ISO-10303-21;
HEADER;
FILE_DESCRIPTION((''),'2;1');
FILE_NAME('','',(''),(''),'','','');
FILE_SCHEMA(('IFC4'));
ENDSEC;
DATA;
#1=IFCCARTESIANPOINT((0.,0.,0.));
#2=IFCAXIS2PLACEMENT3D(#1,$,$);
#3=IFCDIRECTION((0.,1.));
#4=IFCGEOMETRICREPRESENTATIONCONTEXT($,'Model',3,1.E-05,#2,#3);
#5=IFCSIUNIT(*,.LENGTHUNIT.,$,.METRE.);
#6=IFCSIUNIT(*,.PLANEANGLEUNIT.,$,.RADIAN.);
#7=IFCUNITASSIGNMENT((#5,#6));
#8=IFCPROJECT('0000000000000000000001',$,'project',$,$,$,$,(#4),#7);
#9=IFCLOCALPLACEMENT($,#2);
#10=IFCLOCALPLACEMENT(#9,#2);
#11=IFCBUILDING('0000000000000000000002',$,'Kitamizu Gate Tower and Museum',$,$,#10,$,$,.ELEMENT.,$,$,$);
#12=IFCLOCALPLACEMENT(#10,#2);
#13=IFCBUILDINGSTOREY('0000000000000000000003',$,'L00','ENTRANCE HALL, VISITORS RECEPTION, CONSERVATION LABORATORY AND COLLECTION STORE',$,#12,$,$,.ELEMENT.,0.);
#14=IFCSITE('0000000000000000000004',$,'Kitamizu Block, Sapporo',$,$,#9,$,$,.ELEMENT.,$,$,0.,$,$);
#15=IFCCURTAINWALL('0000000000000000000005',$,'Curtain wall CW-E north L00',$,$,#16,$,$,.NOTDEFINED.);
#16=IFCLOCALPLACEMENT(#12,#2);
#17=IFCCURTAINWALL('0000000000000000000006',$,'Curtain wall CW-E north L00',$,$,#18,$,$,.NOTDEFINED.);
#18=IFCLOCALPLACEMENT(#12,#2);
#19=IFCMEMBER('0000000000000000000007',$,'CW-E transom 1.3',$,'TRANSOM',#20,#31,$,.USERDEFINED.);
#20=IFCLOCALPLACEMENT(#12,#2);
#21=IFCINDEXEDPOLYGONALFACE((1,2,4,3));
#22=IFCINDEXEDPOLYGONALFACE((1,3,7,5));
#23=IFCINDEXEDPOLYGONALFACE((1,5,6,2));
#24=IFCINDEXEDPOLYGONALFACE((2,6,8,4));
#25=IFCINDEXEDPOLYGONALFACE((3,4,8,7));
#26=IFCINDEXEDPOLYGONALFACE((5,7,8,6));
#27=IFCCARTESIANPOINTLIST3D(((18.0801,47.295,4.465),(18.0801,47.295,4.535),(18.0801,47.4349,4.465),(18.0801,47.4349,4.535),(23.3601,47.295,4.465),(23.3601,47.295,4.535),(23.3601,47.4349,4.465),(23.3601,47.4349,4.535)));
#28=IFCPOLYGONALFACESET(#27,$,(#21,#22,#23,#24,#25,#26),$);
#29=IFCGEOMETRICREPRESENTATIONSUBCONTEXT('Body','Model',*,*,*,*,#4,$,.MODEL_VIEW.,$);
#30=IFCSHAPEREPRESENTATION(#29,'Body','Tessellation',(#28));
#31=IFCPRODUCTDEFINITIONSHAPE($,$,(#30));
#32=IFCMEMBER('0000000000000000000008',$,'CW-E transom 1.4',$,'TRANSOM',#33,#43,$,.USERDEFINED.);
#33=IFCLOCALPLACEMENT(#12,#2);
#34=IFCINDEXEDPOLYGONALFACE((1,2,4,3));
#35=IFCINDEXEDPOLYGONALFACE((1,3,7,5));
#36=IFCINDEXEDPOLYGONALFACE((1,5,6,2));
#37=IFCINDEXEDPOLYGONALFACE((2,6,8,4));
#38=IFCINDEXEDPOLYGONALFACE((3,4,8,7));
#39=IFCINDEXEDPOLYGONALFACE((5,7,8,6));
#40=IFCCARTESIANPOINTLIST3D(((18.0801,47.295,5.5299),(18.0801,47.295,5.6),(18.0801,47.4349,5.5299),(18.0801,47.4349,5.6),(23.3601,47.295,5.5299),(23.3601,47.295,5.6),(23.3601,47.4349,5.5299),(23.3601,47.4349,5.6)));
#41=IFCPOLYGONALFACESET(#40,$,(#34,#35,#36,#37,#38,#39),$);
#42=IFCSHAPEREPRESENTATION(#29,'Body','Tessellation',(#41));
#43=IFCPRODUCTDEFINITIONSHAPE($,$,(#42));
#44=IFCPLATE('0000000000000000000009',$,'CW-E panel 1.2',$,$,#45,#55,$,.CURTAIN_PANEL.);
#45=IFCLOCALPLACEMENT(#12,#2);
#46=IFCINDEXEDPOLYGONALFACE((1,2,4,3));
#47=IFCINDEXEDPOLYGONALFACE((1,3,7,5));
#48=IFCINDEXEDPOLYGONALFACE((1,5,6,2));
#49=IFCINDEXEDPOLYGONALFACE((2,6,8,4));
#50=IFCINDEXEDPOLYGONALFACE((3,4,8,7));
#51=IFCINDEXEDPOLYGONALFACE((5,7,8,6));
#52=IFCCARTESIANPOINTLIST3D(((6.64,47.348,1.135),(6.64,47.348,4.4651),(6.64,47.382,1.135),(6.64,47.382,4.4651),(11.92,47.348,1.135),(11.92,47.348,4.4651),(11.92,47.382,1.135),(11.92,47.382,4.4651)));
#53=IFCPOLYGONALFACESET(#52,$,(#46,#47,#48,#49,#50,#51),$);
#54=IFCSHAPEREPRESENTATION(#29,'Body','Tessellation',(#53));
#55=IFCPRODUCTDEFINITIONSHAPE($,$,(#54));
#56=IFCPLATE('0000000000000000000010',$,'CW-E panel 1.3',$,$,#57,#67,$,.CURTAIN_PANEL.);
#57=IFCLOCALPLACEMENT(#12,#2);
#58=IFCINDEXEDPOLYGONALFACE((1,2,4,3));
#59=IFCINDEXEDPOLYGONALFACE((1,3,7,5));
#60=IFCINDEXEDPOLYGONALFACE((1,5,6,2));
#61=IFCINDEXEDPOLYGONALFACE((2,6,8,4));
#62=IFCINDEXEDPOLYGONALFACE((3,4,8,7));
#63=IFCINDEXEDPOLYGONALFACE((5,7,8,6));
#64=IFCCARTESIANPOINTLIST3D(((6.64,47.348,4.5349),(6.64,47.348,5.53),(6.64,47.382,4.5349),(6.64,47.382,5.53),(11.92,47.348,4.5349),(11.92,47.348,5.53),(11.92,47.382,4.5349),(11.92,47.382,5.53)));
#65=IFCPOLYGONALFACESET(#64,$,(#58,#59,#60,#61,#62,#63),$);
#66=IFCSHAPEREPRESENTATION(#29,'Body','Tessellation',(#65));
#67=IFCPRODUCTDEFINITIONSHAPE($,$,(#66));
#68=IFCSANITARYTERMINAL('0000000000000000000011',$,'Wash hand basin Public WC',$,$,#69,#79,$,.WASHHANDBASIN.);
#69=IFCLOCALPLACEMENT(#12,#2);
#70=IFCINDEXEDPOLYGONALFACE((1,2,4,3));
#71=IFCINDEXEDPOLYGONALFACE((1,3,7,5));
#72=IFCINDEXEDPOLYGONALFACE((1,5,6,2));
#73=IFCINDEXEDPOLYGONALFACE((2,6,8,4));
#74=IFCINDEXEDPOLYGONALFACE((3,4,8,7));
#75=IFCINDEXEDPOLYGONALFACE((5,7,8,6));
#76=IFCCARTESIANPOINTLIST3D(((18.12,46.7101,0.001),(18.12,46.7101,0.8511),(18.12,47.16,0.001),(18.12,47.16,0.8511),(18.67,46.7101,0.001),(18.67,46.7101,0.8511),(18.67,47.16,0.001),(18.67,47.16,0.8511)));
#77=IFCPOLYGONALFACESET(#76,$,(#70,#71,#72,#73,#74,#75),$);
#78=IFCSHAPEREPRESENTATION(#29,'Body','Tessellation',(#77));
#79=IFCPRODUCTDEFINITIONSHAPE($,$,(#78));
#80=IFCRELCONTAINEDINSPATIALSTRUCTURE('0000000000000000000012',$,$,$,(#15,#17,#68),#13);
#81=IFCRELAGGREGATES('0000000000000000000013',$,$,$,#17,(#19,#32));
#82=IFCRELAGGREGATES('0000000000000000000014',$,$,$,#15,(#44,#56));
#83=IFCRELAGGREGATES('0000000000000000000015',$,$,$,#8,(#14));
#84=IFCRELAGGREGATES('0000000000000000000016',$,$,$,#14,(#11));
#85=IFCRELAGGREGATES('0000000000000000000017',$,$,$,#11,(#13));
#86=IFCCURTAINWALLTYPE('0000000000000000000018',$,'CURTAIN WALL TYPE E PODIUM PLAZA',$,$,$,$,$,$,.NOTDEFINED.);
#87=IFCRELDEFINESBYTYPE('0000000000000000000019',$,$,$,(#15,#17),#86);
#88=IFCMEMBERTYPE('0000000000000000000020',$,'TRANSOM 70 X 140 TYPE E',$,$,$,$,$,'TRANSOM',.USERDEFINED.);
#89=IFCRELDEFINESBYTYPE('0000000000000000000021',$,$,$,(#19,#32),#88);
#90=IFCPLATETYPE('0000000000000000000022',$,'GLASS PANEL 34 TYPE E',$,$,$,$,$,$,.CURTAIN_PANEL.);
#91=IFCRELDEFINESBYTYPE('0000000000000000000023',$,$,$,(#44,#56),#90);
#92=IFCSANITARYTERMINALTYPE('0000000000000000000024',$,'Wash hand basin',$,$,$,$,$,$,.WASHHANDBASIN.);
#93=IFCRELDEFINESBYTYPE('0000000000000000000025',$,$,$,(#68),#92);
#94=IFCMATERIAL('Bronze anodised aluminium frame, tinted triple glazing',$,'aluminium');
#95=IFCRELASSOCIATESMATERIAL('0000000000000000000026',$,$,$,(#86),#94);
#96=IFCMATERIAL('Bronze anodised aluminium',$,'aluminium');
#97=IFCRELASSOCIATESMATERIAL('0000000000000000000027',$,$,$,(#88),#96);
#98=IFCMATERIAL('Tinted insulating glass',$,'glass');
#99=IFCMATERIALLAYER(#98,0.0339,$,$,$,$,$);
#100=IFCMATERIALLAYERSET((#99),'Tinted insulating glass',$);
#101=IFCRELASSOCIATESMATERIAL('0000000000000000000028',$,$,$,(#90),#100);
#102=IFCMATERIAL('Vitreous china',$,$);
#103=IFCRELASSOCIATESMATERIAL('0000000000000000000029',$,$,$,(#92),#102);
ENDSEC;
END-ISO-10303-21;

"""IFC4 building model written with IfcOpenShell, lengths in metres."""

from ifc_helpers import new_model, si_unit, direction, frame, origin, origin_2d, place, context, subcontext, project, spatial, rectangle, extrude, material, layer, layer_set, material_profile, profile_set, type_object, element, aggregate, save


model = new_model("IFC4")

# Units and contexts
model_context = context("Model", 3, precision=1e-05, world=origin(), true_north=direction((0.0, 1.0)))
body_context = subcontext(model_context, "Body", "Model", "MODEL_VIEW")
ifc_project = project(units=[si_unit("LENGTHUNIT", "METRE"), si_unit("PLANEANGLEUNIT", "RADIAN")], contexts=[model_context])

# Site, building, storey
site_placement = place(None, origin())
site = spatial("IfcSite", under=ifc_project, at=site_placement, Name="Kitamizu Block, Sapporo", CompositionType="ELEMENT", RefElevation=0.0)
building_placement = place(site_placement, origin())
building = spatial("IfcBuilding", under=site, at=building_placement, Name="Kitamizu Gate Tower and Museum", CompositionType="ELEMENT")
storey_placement = place(building_placement, origin())
storey = spatial("IfcBuildingStorey", under=building, at=storey_placement, Name="L00", Description="ENTRANCE HALL, VISITORS RECEPTION, CONSERVATION LABORATORY AND COLLECTION STORE", CompositionType="ELEMENT", Elevation=0.0)

# Curtain wall
ifc_material_1 = material(Name="Bronze anodised aluminium frame, tinted triple glazing", Category="aluminium")
curtain_wall_type = type_object("IfcCurtainWallType", Name="CURTAIN WALL TYPE E PODIUM PLAZA", PredefinedType="NOTDEFINED", material=ifc_material_1)
curtain_wall_1_placement = place(storey_placement, origin())
curtain_wall_1 = element("IfcCurtainWall", 1, at=curtain_wall_1_placement, inside=storey, type_object=curtain_wall_type, Name="Curtain wall CW-E north L00", PredefinedType="NOTDEFINED")

# Curtain wall, members
curtain_wall_2_placement = place(storey_placement, origin())
curtain_wall_2 = element("IfcCurtainWall", 2, at=curtain_wall_2_placement, inside=storey, type_object=curtain_wall_type, Name="Curtain wall CW-E north L00", PredefinedType="NOTDEFINED")
ifc_material_2 = material(Name="Bronze anodised aluminium", Category="aluminium")
ifc_material_profile_1 = material_profile(ifc_material_2, rectangle(XDim=0.1399, YDim=0.0701, at=origin_2d()), Name="AL 70X140")
ifc_profile_set_1 = profile_set([ifc_material_profile_1], Name="Bronze anodised aluminium")
member_type_1 = type_object("IfcMemberType", Name="TRANSOM 70 X 140 TYPE E", ElementType="TRANSOM", PredefinedType="USERDEFINED", material=ifc_profile_set_1)
member_1_placement = place(storey_placement, frame((18.0801, 47.365, 4.5), z_axis=(1.0, 0.0, 0.0), x_axis=(0.0, 1.0, 0.0)))
member_1 = element("IfcMember", 3, at=member_1_placement, type_object=member_type_1, Name="CW-E transom 1.3", ObjectType="TRANSOM", PredefinedType="USERDEFINED", context=body_context, shape_type="SweptSolid", body=[
    extrude(rectangle(XDim=0.1399, YDim=0.0701, at=origin_2d()), origin(), (0.0, 0.0, 1.0), 5.28),
])
member_2_placement = place(storey_placement, frame((18.0801, 47.365, 5.5649), z_axis=(1.0, 0.0, 0.0), x_axis=(0.0, 1.0, 0.0)))
member_2 = element("IfcMember", 4, at=member_2_placement, type_object=member_type_1, Name="CW-E transom 1.4", ObjectType="TRANSOM", PredefinedType="USERDEFINED", context=body_context, shape_type="SweptSolid", body=[
    extrude(rectangle(XDim=0.1399, YDim=0.0701, at=origin_2d()), origin(), (0.0, 0.0, 1.0), 5.28),
])
aggregate(curtain_wall_2, [member_1, member_2])

# Plates
ifc_material_3 = material(Name="Tinted insulating glass", Category="glass")
ifc_layer_1 = layer(ifc_material_3, 0.0339)
ifc_layer_set_1 = layer_set([ifc_layer_1], Name="Tinted insulating glass")
plate_type = type_object("IfcPlateType", Name="GLASS PANEL 34 TYPE E", PredefinedType="CURTAIN_PANEL", material=ifc_layer_set_1)
plate_1_placement = place(storey_placement, frame((9.28, 47.365, 1.135), z_axis=(0.0, 0.0, 1.0), x_axis=(1.0, 0.0, 0.0)))
plate_1 = element("IfcPlate", 5, at=plate_1_placement, type_object=plate_type, Name="CW-E panel 1.2", PredefinedType="CURTAIN_PANEL", context=body_context, shape_type="SweptSolid", body=[
    extrude(rectangle(XDim=5.28, YDim=0.0339, at=origin_2d()), origin(), (0.0, 0.0, 1.0), 3.3301),
])
plate_2_placement = place(storey_placement, frame((9.28, 47.365, 4.5349), z_axis=(0.0, 0.0, 1.0), x_axis=(1.0, 0.0, 0.0)))
plate_2 = element("IfcPlate", 6, at=plate_2_placement, type_object=plate_type, Name="CW-E panel 1.3", PredefinedType="CURTAIN_PANEL", context=body_context, shape_type="SweptSolid", body=[
    extrude(rectangle(XDim=5.28, YDim=0.0339, at=origin_2d()), origin(), (0.0, 0.0, 1.0), 0.9951),
])
aggregate(curtain_wall_1, [plate_1, plate_2])

# Sanitary terminal
ifc_material_4 = material(Name="Vitreous china")
sanitary_terminal_type = type_object("IfcSanitaryTerminalType", Name="Wash hand basin", PredefinedType="WASHHANDBASIN", material=ifc_material_4)
sanitary_terminal_placement = place(storey_placement, frame((18.395, 46.9351, 0.001), z_axis=(0.0, 0.0, 1.0), x_axis=(1.0, 0.0, 0.0)))
element("IfcSanitaryTerminal", 7, at=sanitary_terminal_placement, inside=storey, type_object=sanitary_terminal_type, Name="Wash hand basin Public WC", PredefinedType="WASHHANDBASIN", context=body_context, shape_type="SweptSolid", body=[
    extrude(rectangle(XDim=0.55, YDim=0.45, at=origin_2d()), origin(), (0.0, 0.0, 1.0), 0.8501),
])

save(model, "model.ifc")
